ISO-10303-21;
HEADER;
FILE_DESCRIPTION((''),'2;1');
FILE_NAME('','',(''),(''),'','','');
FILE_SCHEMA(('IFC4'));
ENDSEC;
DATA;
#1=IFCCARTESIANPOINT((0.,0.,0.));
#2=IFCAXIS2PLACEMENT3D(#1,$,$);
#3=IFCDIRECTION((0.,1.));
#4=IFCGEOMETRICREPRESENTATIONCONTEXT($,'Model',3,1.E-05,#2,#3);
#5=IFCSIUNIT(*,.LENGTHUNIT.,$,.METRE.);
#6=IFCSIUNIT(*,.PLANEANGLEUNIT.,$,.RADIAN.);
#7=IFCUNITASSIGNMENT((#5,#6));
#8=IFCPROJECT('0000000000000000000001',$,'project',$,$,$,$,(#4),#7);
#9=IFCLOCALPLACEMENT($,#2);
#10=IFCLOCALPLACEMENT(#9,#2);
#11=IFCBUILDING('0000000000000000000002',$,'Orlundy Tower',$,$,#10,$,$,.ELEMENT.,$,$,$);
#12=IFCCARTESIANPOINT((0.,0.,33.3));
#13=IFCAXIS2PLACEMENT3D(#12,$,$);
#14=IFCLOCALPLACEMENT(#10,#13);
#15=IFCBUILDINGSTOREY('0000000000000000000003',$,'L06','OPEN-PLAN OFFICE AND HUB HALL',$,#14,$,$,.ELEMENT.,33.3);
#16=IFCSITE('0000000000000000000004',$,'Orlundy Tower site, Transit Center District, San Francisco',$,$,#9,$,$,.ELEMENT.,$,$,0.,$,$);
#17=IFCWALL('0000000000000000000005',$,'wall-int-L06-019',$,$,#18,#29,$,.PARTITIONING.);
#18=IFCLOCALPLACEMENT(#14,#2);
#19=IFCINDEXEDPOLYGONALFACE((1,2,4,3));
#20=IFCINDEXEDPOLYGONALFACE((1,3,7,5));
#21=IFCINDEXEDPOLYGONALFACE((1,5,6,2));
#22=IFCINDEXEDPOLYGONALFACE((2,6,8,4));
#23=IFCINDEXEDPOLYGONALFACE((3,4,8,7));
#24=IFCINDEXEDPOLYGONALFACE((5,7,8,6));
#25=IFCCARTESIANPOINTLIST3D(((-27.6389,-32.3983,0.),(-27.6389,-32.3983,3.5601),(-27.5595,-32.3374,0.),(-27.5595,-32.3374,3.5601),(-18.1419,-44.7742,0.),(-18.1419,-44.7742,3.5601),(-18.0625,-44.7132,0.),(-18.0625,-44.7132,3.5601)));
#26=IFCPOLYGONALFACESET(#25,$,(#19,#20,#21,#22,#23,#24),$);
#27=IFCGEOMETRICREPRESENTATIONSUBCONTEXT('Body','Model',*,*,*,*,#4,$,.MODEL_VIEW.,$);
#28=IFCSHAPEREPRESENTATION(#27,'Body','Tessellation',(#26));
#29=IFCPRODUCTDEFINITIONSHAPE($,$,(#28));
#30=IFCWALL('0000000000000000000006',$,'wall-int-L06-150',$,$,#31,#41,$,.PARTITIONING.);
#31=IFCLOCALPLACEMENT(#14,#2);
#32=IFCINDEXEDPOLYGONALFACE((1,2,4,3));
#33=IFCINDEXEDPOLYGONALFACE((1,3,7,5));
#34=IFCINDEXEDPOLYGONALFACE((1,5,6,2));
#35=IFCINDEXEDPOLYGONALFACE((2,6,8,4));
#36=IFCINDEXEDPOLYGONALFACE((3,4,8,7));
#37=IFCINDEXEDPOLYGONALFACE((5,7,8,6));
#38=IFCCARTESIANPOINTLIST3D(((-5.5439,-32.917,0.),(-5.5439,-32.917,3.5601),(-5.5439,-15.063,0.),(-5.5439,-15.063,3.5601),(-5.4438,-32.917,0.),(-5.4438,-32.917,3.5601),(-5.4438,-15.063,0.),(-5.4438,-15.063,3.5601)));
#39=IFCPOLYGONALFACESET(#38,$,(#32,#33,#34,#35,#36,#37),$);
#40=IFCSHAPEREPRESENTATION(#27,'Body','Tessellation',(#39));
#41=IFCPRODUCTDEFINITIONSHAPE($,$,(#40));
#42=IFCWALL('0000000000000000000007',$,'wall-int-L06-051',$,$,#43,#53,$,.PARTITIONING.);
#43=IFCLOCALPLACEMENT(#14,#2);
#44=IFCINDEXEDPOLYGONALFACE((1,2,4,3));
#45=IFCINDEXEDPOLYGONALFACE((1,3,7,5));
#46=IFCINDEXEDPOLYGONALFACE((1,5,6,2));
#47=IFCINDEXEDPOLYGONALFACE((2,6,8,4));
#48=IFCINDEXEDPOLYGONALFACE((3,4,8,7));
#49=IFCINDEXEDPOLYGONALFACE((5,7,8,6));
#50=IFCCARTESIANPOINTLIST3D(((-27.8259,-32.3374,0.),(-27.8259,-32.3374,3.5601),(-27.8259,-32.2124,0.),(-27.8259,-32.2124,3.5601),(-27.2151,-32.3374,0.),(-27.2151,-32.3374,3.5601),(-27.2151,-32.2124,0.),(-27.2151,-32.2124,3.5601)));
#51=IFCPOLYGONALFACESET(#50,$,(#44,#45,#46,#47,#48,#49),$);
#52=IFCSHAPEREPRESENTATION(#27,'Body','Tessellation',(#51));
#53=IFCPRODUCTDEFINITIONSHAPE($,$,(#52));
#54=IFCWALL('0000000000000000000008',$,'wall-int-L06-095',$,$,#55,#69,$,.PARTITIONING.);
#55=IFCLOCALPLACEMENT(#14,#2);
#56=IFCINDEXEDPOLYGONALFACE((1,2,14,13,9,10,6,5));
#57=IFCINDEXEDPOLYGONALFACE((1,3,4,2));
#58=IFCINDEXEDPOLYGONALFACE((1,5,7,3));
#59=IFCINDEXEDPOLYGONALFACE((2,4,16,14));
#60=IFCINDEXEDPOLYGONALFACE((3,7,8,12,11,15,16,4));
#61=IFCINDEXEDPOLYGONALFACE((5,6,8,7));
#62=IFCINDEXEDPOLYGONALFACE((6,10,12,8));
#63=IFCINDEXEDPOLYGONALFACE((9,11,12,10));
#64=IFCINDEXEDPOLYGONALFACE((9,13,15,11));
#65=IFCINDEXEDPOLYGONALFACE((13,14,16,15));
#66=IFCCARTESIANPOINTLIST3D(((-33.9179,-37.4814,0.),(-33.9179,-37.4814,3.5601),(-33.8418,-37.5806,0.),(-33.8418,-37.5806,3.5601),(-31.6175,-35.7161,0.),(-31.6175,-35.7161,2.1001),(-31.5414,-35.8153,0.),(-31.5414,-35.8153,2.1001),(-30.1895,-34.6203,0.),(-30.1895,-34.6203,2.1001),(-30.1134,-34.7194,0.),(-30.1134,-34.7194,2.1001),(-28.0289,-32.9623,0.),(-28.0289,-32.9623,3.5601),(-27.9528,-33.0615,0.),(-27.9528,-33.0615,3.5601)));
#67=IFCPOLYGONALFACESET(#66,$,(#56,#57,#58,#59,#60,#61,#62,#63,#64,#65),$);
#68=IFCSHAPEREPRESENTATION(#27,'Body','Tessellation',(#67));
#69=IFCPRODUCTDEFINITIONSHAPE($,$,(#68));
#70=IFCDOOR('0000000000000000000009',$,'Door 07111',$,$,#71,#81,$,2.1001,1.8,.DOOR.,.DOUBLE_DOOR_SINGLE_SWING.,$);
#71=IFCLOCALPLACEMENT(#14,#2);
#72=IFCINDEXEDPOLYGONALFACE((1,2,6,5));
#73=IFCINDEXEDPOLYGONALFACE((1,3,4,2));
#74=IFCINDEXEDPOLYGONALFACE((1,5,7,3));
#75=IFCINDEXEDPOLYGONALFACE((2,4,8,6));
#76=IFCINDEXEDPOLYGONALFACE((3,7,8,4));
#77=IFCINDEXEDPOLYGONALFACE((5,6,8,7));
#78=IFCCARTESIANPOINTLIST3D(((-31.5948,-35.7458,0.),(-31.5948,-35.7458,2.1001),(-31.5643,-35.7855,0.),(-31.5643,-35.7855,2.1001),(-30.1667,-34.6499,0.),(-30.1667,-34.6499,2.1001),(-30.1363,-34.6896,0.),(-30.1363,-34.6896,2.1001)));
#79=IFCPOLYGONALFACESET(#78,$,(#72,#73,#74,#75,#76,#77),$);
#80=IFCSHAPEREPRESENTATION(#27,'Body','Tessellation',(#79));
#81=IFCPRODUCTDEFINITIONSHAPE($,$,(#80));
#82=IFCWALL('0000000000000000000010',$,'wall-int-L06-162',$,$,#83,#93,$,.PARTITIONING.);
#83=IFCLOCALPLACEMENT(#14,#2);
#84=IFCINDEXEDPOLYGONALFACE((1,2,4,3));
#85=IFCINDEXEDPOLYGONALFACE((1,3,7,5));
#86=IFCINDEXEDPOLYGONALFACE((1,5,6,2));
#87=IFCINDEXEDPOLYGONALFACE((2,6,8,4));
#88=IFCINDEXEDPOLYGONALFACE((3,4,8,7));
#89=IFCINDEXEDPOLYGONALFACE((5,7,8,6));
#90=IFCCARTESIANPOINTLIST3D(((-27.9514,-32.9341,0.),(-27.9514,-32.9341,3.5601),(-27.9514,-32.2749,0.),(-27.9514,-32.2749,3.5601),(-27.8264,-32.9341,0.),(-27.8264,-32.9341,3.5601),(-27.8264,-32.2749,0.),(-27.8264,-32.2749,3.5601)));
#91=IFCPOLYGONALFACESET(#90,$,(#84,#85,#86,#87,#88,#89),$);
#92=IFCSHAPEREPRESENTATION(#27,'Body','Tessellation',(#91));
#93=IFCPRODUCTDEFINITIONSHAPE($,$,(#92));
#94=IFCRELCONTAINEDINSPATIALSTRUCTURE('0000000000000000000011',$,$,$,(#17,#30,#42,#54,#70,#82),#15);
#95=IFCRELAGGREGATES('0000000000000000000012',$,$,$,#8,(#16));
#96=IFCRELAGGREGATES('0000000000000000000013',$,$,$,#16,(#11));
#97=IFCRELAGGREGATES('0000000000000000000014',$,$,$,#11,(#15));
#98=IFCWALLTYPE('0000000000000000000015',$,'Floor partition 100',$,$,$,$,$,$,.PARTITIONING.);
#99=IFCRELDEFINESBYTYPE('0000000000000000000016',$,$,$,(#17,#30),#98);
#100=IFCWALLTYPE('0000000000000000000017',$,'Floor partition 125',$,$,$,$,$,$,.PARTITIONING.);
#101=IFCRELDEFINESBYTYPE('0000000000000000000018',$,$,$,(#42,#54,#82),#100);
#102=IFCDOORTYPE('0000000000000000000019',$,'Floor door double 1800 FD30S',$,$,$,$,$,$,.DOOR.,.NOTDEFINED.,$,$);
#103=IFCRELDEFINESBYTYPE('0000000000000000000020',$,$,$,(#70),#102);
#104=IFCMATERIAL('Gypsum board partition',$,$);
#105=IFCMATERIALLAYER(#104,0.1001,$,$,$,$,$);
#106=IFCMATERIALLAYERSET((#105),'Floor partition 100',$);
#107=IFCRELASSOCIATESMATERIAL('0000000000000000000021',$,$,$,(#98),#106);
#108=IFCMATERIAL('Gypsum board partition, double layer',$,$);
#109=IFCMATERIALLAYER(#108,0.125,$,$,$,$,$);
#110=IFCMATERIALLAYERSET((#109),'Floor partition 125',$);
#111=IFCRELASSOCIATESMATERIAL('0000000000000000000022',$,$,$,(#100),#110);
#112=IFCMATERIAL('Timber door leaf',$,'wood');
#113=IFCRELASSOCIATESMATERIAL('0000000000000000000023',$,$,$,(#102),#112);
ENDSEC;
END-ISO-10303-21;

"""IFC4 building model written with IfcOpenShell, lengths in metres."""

from ifc_helpers import new_model, si_unit, direction, frame, frame_2d, origin, place, context, subcontext, project, spatial, rectangle, extrude, material, layer, layer_set, type_object, element, fill, save


model = new_model("IFC4")

# Units and contexts
model_context = context("Model", 3, precision=1e-05, world=origin(), true_north=direction((0.0, 1.0)))
body_context = subcontext(model_context, "Body", "Model", "MODEL_VIEW")
ifc_project = project(units=[si_unit("LENGTHUNIT", "METRE"), si_unit("PLANEANGLEUNIT", "RADIAN")], contexts=[model_context])

# Site, building, storey
site_placement = place(None, origin())
site = spatial("IfcSite", under=ifc_project, at=site_placement, Name="Orlundy Tower site, Transit Center District, San Francisco", CompositionType="ELEMENT", RefElevation=0.0)
building_placement = place(site_placement, origin())
building = spatial("IfcBuilding", under=site, at=building_placement, Name="Orlundy Tower", CompositionType="ELEMENT")
storey_placement = place(building_placement, frame((0.0, 0.0, 33.3)))
storey = spatial("IfcBuildingStorey", under=building, at=storey_placement, Name="L06", Description="OPEN-PLAN OFFICE AND HUB HALL", CompositionType="ELEMENT", Elevation=33.3)

# Walls
ifc_material_1 = material(Name="Gypsum board partition")
ifc_layer_1 = layer(ifc_material_1, 0.1001)
ifc_layer_set_1 = layer_set([ifc_layer_1], Name="Floor partition 100")
wall_type_1 = type_object("IfcWallType", Name="Floor partition 100", PredefinedType="PARTITIONING", material=ifc_layer_set_1)
wall_1_placement = place(storey_placement, frame((-27.5991, -32.3679, 0.0), z_axis=(0.0, 0.0, 1.0), x_axis=(0.608788, -0.793333, 0.0)))
element("IfcWall", 1, at=wall_1_placement, inside=storey, type_object=wall_type_1, Name="wall-int-L06-019", PredefinedType="PARTITIONING", context=body_context, shape_type="SweptSolid", body=[
    extrude(rectangle(XDim=15.5999, YDim=0.1001, at=frame_2d((7.7998, 0.0))), origin(), (0.0, 0.0, 1.0), 3.5601),
])
wall_2_placement = place(storey_placement, frame((-5.4939, -32.917, 0.0), z_axis=(0.0, 0.0, 1.0), x_axis=(0.0, 1.0, 0.0)))
element("IfcWall", 2, at=wall_2_placement, inside=storey, type_object=wall_type_1, Name="wall-int-L06-150", PredefinedType="PARTITIONING", context=body_context, shape_type="SweptSolid", body=[
    extrude(rectangle(XDim=17.854, YDim=0.1001, at=frame_2d((8.927, 0.0))), origin(), (0.0, 0.0, 1.0), 3.5601),
])
ifc_material_2 = material(Name="Gypsum board partition, double layer")
ifc_layer_2 = layer(ifc_material_2, 0.125)
ifc_layer_set_2 = layer_set([ifc_layer_2], Name="Floor partition 125")
wall_type_2 = type_object("IfcWallType", Name="Floor partition 125", PredefinedType="PARTITIONING", material=ifc_layer_set_2)
wall_3_placement = place(storey_placement, frame((-27.8259, -32.2749, 0.0), z_axis=(0.0, 0.0, 1.0), x_axis=(1.0, 0.0, 0.0)))
element("IfcWall", 3, at=wall_3_placement, inside=storey, type_object=wall_type_2, Name="wall-int-L06-051", PredefinedType="PARTITIONING", context=body_context, shape_type="SweptSolid", body=[
    extrude(rectangle(XDim=0.6108, YDim=0.125, at=frame_2d((0.3054, 0.0))), origin(), (0.0, 0.0, 1.0), 3.5601),
])

# Wall, opening, door
wall_4_placement = place(storey_placement, frame((-27.991, -33.012, 0.0), z_axis=(0.0, 0.0, 1.0), x_axis=(-0.793333, -0.608788, 0.0)))
wall_4 = element("IfcWall", 4, at=wall_4_placement, inside=storey, type_object=wall_type_2, Name="wall-int-L06-095", PredefinedType="PARTITIONING", context=body_context, shape_type="SweptSolid", body=[
    extrude(rectangle(XDim=7.4231, YDim=0.125, at=frame_2d((3.7114, 0.0))), origin(), (0.0, 0.0, 1.0), 3.5601),
])
opening_placement = place(wall_4_placement, frame((2.7234, 0.0, 0.0)))
opening = element("IfcOpeningElement", 5, at=opening_placement, cuts=wall_4, PredefinedType="OPENING", context=body_context, shape_type="SweptSolid", body=[
    extrude(rectangle(XDim=1.8, YDim=2.1001, at=frame_2d((0.8999, 1.05))), frame((0.0, 0.0725, 0.0), z_axis=(0.0, -1.0, 0.0), x_axis=(1.0, 0.0, 0.0)), (0.0, 0.0, 1.0), 0.145),
])
ifc_material_3 = material(Name="Timber door leaf", Category="wood")
door_type = type_object("IfcDoorType", Name="Floor door double 1800 FD30S", OperationType="NOTDEFINED", PredefinedType="DOOR", material=ifc_material_3)
door_placement = place(opening_placement, origin())
door = element("IfcDoor", 6, at=door_placement, inside=storey, type_object=door_type, Name="Door 07111", OperationType="DOUBLE_DOOR_SINGLE_SWING", OverallHeight=2.1001, OverallWidth=1.8, PredefinedType="DOOR", context=body_context, shape_type="SweptSolid", body=[
    extrude(rectangle(XDim=1.8, YDim=2.1001, at=frame_2d((0.8999, 1.05))), frame((0.0, 0.0249, 0.0), z_axis=(0.0, -1.0, 0.0), x_axis=(1.0, 0.0, 0.0)), (0.0, 0.0, 1.0), 0.05),
])
fill(opening, door)

# Wall
wall_5_placement = place(storey_placement, frame((-27.8889, -32.9341, 0.0), z_axis=(0.0, 0.0, 1.0), x_axis=(0.0, 1.0, 0.0)))
element("IfcWall", 7, at=wall_5_placement, inside=storey, type_object=wall_type_2, Name="wall-int-L06-162", PredefinedType="PARTITIONING", context=body_context, shape_type="SweptSolid", body=[
    extrude(rectangle(XDim=0.6592, YDim=0.125, at=frame_2d((0.3296, 0.0))), origin(), (0.0, 0.0, 1.0), 3.5601),
])

save(model, "model.ifc")
